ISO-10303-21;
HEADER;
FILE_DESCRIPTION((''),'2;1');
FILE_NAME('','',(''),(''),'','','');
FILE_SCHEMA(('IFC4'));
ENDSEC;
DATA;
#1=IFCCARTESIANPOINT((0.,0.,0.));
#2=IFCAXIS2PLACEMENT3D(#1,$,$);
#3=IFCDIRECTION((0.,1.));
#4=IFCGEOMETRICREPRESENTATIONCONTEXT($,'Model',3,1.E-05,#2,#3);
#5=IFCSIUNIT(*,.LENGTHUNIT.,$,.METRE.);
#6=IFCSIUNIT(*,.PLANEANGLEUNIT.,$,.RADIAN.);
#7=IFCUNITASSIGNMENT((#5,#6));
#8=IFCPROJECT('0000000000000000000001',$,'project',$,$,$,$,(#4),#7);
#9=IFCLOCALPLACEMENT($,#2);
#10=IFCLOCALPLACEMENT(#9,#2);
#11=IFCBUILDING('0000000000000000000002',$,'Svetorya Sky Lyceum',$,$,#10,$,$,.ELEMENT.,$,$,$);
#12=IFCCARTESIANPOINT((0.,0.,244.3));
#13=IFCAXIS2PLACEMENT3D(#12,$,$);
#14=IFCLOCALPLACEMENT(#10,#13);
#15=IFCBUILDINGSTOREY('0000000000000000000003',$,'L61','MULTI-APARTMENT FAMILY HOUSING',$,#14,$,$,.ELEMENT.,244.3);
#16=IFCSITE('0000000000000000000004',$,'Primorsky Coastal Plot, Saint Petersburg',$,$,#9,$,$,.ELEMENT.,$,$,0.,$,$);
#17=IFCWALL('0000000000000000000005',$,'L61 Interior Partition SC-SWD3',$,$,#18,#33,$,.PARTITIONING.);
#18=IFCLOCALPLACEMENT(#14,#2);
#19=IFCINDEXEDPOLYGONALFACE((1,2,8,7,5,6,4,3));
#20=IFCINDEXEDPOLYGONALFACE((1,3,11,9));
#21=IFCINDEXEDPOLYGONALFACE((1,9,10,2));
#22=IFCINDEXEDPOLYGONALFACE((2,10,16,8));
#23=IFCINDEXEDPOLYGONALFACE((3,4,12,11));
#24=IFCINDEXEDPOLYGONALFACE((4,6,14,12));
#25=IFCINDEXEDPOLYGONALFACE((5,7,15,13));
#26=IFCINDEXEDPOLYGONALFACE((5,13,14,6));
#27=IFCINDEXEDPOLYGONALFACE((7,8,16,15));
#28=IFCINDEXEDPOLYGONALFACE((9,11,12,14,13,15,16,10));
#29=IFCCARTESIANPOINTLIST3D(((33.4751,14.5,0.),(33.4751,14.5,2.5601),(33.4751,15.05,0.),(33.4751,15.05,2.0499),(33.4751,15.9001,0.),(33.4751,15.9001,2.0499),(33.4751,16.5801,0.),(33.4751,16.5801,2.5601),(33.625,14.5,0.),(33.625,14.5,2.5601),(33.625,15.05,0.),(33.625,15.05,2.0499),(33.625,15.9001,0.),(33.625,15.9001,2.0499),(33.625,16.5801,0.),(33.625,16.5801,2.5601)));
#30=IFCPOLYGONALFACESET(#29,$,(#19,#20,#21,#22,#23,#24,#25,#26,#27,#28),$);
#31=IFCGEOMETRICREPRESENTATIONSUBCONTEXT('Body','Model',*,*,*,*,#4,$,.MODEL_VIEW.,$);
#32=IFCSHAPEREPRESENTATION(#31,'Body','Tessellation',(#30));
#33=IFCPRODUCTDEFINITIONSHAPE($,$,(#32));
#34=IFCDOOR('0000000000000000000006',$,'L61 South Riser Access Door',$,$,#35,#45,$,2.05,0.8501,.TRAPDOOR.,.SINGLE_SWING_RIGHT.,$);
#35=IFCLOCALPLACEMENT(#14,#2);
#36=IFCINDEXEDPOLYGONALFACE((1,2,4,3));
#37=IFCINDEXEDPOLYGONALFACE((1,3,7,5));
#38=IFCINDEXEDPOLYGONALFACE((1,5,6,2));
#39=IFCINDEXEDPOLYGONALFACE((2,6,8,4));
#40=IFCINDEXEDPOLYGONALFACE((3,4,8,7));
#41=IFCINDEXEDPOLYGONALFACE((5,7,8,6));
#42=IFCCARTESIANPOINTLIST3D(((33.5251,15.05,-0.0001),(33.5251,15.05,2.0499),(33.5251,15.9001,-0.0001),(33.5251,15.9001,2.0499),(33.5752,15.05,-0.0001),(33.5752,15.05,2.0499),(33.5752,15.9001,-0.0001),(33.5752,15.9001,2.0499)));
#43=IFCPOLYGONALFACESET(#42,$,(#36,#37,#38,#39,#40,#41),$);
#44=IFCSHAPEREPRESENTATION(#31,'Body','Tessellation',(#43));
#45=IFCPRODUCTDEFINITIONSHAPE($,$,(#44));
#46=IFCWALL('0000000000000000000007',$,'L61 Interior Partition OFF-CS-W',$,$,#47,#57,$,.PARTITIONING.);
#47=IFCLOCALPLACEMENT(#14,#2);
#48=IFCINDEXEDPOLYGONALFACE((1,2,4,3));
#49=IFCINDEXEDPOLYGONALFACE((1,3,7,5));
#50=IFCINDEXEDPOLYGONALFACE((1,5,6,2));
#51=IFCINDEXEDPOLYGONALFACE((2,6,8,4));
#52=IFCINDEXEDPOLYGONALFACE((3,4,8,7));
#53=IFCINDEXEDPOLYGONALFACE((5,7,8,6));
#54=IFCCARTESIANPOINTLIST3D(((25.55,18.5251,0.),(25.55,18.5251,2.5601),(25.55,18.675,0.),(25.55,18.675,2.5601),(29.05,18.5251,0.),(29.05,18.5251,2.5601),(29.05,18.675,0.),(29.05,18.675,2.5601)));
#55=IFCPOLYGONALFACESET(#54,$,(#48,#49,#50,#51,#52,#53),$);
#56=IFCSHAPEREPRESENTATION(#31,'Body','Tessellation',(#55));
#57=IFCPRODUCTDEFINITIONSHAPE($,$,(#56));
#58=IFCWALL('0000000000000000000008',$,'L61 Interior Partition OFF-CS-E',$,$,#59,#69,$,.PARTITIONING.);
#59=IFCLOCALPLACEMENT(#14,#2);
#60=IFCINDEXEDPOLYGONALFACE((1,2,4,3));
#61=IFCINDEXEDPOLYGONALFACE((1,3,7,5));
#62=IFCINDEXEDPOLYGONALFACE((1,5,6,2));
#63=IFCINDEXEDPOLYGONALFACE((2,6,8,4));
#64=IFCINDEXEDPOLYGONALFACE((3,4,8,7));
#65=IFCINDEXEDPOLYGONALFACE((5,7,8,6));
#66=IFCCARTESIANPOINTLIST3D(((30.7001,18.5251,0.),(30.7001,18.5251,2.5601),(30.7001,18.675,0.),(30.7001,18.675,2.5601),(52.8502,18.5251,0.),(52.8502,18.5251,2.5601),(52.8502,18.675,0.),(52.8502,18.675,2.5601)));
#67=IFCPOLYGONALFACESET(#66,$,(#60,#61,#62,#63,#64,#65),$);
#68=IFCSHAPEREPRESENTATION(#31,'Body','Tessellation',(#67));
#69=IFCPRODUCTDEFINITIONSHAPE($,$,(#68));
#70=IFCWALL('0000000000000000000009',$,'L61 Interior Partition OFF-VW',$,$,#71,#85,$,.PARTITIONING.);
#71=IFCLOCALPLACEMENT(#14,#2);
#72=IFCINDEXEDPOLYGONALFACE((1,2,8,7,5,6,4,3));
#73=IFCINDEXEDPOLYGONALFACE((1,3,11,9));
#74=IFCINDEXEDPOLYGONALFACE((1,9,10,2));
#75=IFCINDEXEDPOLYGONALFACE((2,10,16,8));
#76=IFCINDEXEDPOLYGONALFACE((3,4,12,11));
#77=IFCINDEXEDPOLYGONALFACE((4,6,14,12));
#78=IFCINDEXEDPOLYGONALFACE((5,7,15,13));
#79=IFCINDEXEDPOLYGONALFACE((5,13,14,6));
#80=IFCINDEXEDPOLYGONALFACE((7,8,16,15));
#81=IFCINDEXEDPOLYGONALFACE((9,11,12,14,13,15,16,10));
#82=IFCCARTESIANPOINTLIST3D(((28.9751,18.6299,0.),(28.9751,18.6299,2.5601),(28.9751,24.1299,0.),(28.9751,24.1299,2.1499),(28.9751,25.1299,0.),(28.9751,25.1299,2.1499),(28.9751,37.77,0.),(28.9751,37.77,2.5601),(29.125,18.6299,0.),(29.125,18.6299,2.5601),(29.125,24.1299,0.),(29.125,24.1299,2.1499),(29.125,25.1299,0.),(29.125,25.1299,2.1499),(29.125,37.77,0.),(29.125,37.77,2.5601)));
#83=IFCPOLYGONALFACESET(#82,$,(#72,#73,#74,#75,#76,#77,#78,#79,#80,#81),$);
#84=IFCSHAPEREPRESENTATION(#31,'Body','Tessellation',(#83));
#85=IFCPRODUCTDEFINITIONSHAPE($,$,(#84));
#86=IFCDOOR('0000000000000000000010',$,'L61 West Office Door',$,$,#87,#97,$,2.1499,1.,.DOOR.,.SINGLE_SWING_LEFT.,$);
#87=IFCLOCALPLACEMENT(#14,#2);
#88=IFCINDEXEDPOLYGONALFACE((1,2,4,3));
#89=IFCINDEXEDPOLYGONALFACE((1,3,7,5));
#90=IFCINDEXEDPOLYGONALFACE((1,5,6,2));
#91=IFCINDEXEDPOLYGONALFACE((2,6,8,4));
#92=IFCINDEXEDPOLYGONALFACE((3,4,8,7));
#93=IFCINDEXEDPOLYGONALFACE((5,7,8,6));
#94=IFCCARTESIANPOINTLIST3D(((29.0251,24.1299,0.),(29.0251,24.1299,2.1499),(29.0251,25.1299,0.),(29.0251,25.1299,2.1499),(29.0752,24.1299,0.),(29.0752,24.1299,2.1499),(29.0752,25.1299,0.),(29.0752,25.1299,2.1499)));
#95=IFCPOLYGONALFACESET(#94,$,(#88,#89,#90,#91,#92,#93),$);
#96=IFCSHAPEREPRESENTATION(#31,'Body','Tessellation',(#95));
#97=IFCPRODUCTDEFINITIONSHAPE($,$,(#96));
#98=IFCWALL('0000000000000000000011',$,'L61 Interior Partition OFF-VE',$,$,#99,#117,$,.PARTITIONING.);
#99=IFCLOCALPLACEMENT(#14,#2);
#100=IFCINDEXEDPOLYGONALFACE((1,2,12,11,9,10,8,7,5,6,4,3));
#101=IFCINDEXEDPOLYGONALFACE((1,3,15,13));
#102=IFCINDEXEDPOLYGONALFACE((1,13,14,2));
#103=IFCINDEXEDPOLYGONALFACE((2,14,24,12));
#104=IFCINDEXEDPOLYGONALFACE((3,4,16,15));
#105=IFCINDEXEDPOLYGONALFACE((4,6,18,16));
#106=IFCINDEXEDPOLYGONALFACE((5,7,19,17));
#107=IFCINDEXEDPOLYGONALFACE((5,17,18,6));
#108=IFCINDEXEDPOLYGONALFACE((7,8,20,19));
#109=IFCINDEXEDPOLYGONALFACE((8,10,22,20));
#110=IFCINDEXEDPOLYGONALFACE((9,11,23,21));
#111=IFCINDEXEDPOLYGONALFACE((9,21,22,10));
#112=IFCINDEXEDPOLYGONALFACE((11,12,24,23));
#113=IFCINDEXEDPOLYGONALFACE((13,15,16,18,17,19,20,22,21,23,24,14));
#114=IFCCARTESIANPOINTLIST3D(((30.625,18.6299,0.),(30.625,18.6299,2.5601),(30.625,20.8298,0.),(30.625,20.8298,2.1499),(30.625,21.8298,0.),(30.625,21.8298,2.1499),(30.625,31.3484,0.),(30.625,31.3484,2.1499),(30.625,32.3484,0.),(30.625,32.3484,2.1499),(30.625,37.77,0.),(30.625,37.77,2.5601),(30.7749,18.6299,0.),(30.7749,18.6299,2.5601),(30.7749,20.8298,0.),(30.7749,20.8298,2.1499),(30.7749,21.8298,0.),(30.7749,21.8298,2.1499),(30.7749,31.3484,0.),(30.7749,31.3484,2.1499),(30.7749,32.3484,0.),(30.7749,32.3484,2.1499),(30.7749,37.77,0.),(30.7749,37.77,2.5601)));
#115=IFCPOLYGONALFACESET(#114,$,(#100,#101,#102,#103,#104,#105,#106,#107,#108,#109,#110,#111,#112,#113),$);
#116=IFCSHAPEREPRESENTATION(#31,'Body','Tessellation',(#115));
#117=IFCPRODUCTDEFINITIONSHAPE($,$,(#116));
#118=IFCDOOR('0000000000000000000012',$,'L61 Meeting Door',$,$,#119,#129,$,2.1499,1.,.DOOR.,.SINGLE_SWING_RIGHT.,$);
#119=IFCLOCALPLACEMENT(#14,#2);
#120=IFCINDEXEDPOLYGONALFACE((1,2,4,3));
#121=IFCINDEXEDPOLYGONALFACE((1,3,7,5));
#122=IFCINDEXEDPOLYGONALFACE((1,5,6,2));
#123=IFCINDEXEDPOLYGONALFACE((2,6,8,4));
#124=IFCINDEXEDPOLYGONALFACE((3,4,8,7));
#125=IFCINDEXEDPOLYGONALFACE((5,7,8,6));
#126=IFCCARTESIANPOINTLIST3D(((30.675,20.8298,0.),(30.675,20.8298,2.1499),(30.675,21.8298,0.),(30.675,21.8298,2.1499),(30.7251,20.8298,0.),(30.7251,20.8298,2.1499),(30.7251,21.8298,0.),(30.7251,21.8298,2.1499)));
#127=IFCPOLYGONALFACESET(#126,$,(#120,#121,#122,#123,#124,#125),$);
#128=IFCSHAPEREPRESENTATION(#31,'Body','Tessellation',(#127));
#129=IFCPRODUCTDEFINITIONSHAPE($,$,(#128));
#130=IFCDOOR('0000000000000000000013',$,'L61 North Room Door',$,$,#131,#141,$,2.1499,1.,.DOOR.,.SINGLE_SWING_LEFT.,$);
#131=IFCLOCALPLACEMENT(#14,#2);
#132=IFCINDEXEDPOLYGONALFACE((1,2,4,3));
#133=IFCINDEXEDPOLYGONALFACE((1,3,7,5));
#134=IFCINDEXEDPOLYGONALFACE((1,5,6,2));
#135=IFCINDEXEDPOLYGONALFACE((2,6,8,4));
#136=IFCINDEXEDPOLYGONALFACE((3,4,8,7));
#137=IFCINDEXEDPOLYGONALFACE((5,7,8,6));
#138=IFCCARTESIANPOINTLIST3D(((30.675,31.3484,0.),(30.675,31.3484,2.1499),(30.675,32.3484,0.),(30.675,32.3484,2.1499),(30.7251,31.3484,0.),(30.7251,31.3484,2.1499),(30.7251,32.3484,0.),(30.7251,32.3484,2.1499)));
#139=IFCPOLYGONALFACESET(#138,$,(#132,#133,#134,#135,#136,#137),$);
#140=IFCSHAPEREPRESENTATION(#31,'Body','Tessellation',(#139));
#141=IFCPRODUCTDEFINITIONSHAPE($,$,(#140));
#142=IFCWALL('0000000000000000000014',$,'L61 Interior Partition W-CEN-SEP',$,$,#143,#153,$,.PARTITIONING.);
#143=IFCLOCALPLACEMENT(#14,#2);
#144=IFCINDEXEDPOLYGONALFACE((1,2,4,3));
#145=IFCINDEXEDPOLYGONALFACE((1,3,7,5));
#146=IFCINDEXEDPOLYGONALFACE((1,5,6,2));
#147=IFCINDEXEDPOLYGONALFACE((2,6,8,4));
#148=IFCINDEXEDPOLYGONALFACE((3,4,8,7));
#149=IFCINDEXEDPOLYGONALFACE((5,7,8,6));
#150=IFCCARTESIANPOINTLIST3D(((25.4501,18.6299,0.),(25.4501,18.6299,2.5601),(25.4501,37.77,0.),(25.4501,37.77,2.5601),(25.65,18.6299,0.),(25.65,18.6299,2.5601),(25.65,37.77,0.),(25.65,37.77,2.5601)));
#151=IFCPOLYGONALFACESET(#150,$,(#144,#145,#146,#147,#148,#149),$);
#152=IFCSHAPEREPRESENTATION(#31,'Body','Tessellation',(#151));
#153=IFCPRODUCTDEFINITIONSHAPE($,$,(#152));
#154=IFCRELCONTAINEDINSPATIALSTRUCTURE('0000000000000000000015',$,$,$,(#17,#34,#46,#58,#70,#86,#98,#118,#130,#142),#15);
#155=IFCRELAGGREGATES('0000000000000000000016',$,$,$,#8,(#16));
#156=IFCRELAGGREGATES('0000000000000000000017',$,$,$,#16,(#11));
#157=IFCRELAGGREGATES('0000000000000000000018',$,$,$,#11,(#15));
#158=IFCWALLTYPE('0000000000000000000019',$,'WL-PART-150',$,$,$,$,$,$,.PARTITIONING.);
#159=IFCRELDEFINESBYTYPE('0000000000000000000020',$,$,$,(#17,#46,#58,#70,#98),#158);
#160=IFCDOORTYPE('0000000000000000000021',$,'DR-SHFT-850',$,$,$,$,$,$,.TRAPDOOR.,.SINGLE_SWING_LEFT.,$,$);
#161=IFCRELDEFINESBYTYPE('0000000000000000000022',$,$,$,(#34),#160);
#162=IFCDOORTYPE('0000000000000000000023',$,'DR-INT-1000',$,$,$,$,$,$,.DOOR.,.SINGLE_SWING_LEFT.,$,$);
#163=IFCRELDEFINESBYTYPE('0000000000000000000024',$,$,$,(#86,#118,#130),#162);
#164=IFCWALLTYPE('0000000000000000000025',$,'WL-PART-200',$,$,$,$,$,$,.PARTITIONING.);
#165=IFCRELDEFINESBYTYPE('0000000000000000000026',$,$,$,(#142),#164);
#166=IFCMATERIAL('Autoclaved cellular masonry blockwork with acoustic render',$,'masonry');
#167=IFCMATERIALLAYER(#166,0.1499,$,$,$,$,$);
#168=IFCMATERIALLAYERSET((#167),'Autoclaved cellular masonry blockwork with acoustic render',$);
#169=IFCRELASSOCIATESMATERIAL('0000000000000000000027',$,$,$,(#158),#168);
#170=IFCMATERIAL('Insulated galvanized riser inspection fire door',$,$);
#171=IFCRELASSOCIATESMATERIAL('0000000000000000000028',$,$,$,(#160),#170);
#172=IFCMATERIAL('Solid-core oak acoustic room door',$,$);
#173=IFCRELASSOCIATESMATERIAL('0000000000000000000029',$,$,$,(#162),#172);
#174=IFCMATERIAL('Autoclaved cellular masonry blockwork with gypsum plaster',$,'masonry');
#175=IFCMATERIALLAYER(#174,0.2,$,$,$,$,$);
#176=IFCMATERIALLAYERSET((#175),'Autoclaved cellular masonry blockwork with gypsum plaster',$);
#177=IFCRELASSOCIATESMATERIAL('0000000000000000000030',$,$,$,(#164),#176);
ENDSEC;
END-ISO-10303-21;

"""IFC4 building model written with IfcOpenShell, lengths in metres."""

from ifc_helpers import new_model, si_unit, direction, frame, frame_2d, origin, place, context, subcontext, project, spatial, rectangle, extrude, material, layer, layer_set, type_object, element, fill, save


model = new_model("IFC4")

# Units and contexts
model_context = context("Model", 3, precision=1e-05, world=origin(), true_north=direction((0.0, 1.0)))
body_context = subcontext(model_context, "Body", "Model", "MODEL_VIEW")
ifc_project = project(units=[si_unit("LENGTHUNIT", "METRE"), si_unit("PLANEANGLEUNIT", "RADIAN")], contexts=[model_context])

# Site, building, storey
site_placement = place(None, origin())
site = spatial("IfcSite", under=ifc_project, at=site_placement, Name="Primorsky Coastal Plot, Saint Petersburg", CompositionType="ELEMENT", RefElevation=0.0)
building_placement = place(site_placement, origin())
building = spatial("IfcBuilding", under=site, at=building_placement, Name="Svetorya Sky Lyceum", CompositionType="ELEMENT")
storey_placement = place(building_placement, frame((0.0, 0.0, 244.3)))
storey = spatial("IfcBuildingStorey", under=building, at=storey_placement, Name="L61", Description="MULTI-APARTMENT FAMILY HOUSING", CompositionType="ELEMENT", Elevation=244.3)

# Shared definitions
ifc_material_1 = material(Name="Autoclaved cellular masonry blockwork with acoustic render", Category="masonry")
ifc_layer_1 = layer(ifc_material_1, 0.1499)
ifc_layer_set_1 = layer_set([ifc_layer_1], Name="Autoclaved cellular masonry blockwork with acoustic render")
wall_type_1 = type_object("IfcWallType", Name="WL-PART-150", PredefinedType="PARTITIONING", material=ifc_layer_set_1)

# Wall, opening, door
wall_1_placement = place(storey_placement, frame((33.55, 14.5, 0.0), z_axis=(0.0, 0.0, 1.0), x_axis=(0.0, 1.0, 0.0)))
wall_1 = element("IfcWall", 1, at=wall_1_placement, inside=storey, type_object=wall_type_1, Name="L61 Interior Partition SC-SWD3", PredefinedType="PARTITIONING", context=body_context, shape_type="SweptSolid", body=[
    extrude(rectangle(XDim=2.0801, YDim=0.1499, at=frame_2d((1.04, 0.0))), origin(), (0.0, 0.0, 1.0), 2.5601),
])
opening_1_placement = place(wall_1_placement, frame((0.55, 0.0, 0.0)))
opening_1 = element("IfcOpeningElement", 2, at=opening_1_placement, cuts=wall_1, PredefinedType="OPENING", context=body_context, shape_type="SweptSolid", body=[
    extrude(rectangle(XDim=0.8501, YDim=2.05, at=frame_2d((0.425, 1.0249))), frame((0.0, 0.085, 0.0), z_axis=(0.0, -1.0, 0.0), x_axis=(1.0, 0.0, 0.0)), (0.0, 0.0, 1.0), 0.1699),
])
ifc_material_2 = material(Name="Insulated galvanized riser inspection fire door")
door_type_1 = type_object("IfcDoorType", Name="DR-SHFT-850", OperationType="SINGLE_SWING_LEFT", PredefinedType="TRAPDOOR", material=ifc_material_2)
door_1_placement = place(opening_1_placement, origin())
door_1 = element("IfcDoor", 3, at=door_1_placement, inside=storey, type_object=door_type_1, Name="L61 South Riser Access Door", OperationType="SINGLE_SWING_RIGHT", OverallHeight=2.05, OverallWidth=0.8501, PredefinedType="TRAPDOOR", context=body_context, shape_type="SweptSolid", body=[
    extrude(rectangle(XDim=0.8501, YDim=2.05, at=frame_2d((0.425, 1.0249))), frame((0.0, 0.0249, 0.0), z_axis=(0.0, -1.0, 0.0), x_axis=(1.0, 0.0, 0.0)), (0.0, 0.0, 1.0), 0.05),
])
fill(opening_1, door_1)

# Walls
wall_2_placement = place(storey_placement, frame((25.55, 18.6001, 0.0), z_axis=(0.0, 0.0, 1.0), x_axis=(1.0, 0.0, 0.0)))
element("IfcWall", 4, at=wall_2_placement, inside=storey, type_object=wall_type_1, Name="L61 Interior Partition OFF-CS-W", PredefinedType="PARTITIONING", context=body_context, shape_type="SweptSolid", body=[
    extrude(rectangle(XDim=3.5, YDim=0.1499, at=frame_2d((1.75, 0.0))), origin(), (0.0, 0.0, 1.0), 2.5601),
])
wall_3_placement = place(storey_placement, frame((30.7, 18.6001, 0.0), z_axis=(0.0, 0.0, 1.0), x_axis=(1.0, 0.0, 0.0)))
element("IfcWall", 5, at=wall_3_placement, inside=storey, type_object=wall_type_1, Name="L61 Interior Partition OFF-CS-E", PredefinedType="PARTITIONING", context=body_context, shape_type="SweptSolid", body=[
    extrude(rectangle(XDim=22.1501, YDim=0.1499, at=frame_2d((11.0752, 0.0))), origin(), (0.0, 0.0, 1.0), 2.5601),
])

# Wall, opening, door
wall_4_placement = place(storey_placement, frame((29.05, 18.6299, 0.0), z_axis=(0.0, 0.0, 1.0), x_axis=(0.0, 1.0, 0.0)))
wall_4 = element("IfcWall", 6, at=wall_4_placement, inside=storey, type_object=wall_type_1, Name="L61 Interior Partition OFF-VW", PredefinedType="PARTITIONING", context=body_context, shape_type="SweptSolid", body=[
    extrude(rectangle(XDim=19.1401, YDim=0.1499, at=frame_2d((9.5701, 0.0))), origin(), (0.0, 0.0, 1.0), 2.5601),
])
opening_2_placement = place(wall_4_placement, frame((5.5, 0.0, 0.0)))
opening_2 = element("IfcOpeningElement", 7, at=opening_2_placement, cuts=wall_4, PredefinedType="OPENING", context=body_context, shape_type="SweptSolid", body=[
    extrude(rectangle(XDim=1.0, YDim=2.1499, at=frame_2d((0.5, 1.075))), frame((0.0, 0.085, 0.0), z_axis=(0.0, -1.0, 0.0), x_axis=(1.0, 0.0, 0.0)), (0.0, 0.0, 1.0), 0.1699),
])
ifc_material_3 = material(Name="Solid-core oak acoustic room door")
door_type_2 = type_object("IfcDoorType", Name="DR-INT-1000", OperationType="SINGLE_SWING_LEFT", PredefinedType="DOOR", material=ifc_material_3)
door_2_placement = place(opening_2_placement, origin())
door_2 = element("IfcDoor", 8, at=door_2_placement, inside=storey, type_object=door_type_2, Name="L61 West Office Door", OperationType="SINGLE_SWING_LEFT", OverallHeight=2.1499, OverallWidth=1.0, PredefinedType="DOOR", context=body_context, shape_type="SweptSolid", body=[
    extrude(rectangle(XDim=1.0, YDim=2.1499, at=frame_2d((0.5, 1.075))), frame((0.0, 0.0249, 0.0), z_axis=(0.0, -1.0, 0.0), x_axis=(1.0, 0.0, 0.0)), (0.0, 0.0, 1.0), 0.05),
])
fill(opening_2, door_2)

# Wall, openings, doors
wall_5_placement = place(storey_placement, frame((30.7, 18.6299, 0.0), z_axis=(0.0, 0.0, 1.0), x_axis=(0.0, 1.0, 0.0)))
wall_5 = element("IfcWall", 9, at=wall_5_placement, inside=storey, type_object=wall_type_1, Name="L61 Interior Partition OFF-VE", PredefinedType="PARTITIONING", context=body_context, shape_type="SweptSolid", body=[
    extrude(rectangle(XDim=19.1401, YDim=0.1499, at=frame_2d((9.5701, 0.0))), origin(), (0.0, 0.0, 1.0), 2.5601),
])
opening_3_placement = place(wall_5_placement, frame((2.2, 0.0, 0.0)))
opening_3 = element("IfcOpeningElement", 10, at=opening_3_placement, cuts=wall_5, PredefinedType="OPENING", context=body_context, shape_type="SweptSolid", body=[
    extrude(rectangle(XDim=1.0, YDim=2.1499, at=frame_2d((0.5, 1.075))), frame((0.0, 0.085, 0.0), z_axis=(0.0, -1.0, 0.0), x_axis=(1.0, 0.0, 0.0)), (0.0, 0.0, 1.0), 0.1699),
])
opening_4_placement = place(wall_5_placement, frame((12.7185, 0.0, 0.0)))
opening_4 = element("IfcOpeningElement", 11, at=opening_4_placement, cuts=wall_5, PredefinedType="OPENING", context=body_context, shape_type="SweptSolid", body=[
    extrude(rectangle(XDim=1.0, YDim=2.1499, at=frame_2d((0.5, 1.075))), frame((0.0, 0.085, 0.0), z_axis=(0.0, -1.0, 0.0), x_axis=(1.0, 0.0, 0.0)), (0.0, 0.0, 1.0), 0.1699),
])
door_3_placement = place(opening_3_placement, origin())
door_3 = element("IfcDoor", 12, at=door_3_placement, inside=storey, type_object=door_type_2, Name="L61 Meeting Door", OperationType="SINGLE_SWING_RIGHT", OverallHeight=2.1499, OverallWidth=1.0, PredefinedType="DOOR", context=body_context, shape_type="SweptSolid", body=[
    extrude(rectangle(XDim=1.0, YDim=2.1499, at=frame_2d((0.5, 1.075))), frame((0.0, 0.0249, 0.0), z_axis=(0.0, -1.0, 0.0), x_axis=(1.0, 0.0, 0.0)), (0.0, 0.0, 1.0), 0.05),
])
fill(opening_3, door_3)
door_4_placement = place(opening_4_placement, origin())
door_4 = element("IfcDoor", 13, at=door_4_placement, inside=storey, type_object=door_type_2, Name="L61 North Room Door", OperationType="SINGLE_SWING_LEFT", OverallHeight=2.1499, OverallWidth=1.0, PredefinedType="DOOR", context=body_context, shape_type="SweptSolid", body=[
    extrude(rectangle(XDim=1.0, YDim=2.1499, at=frame_2d((0.5, 1.075))), frame((0.0, 0.0249, 0.0), z_axis=(0.0, -1.0, 0.0), x_axis=(1.0, 0.0, 0.0)), (0.0, 0.0, 1.0), 0.05),
])
fill(opening_4, door_4)

# Wall
ifc_material_4 = material(Name="Autoclaved cellular masonry blockwork with gypsum plaster", Category="masonry")
ifc_layer_2 = layer(ifc_material_4, 0.2)
ifc_layer_set_2 = layer_set([ifc_layer_2], Name="Autoclaved cellular masonry blockwork with gypsum plaster")
wall_type_2 = type_object("IfcWallType", Name="WL-PART-200", PredefinedType="PARTITIONING", material=ifc_layer_set_2)
wall_6_placement = place(storey_placement, frame((25.55, 18.6299, 0.0), z_axis=(0.0, 0.0, 1.0), x_axis=(0.0, 1.0, 0.0)))
element("IfcWall", 14, at=wall_6_placement, inside=storey, type_object=wall_type_2, Name="L61 Interior Partition W-CEN-SEP", PredefinedType="PARTITIONING", context=body_context, shape_type="SweptSolid", body=[
    extrude(rectangle(XDim=19.1401, YDim=0.2, at=frame_2d((9.5701, 0.0))), origin(), (0.0, 0.0, 1.0), 2.5601),
])

save(model, "model.ifc")
